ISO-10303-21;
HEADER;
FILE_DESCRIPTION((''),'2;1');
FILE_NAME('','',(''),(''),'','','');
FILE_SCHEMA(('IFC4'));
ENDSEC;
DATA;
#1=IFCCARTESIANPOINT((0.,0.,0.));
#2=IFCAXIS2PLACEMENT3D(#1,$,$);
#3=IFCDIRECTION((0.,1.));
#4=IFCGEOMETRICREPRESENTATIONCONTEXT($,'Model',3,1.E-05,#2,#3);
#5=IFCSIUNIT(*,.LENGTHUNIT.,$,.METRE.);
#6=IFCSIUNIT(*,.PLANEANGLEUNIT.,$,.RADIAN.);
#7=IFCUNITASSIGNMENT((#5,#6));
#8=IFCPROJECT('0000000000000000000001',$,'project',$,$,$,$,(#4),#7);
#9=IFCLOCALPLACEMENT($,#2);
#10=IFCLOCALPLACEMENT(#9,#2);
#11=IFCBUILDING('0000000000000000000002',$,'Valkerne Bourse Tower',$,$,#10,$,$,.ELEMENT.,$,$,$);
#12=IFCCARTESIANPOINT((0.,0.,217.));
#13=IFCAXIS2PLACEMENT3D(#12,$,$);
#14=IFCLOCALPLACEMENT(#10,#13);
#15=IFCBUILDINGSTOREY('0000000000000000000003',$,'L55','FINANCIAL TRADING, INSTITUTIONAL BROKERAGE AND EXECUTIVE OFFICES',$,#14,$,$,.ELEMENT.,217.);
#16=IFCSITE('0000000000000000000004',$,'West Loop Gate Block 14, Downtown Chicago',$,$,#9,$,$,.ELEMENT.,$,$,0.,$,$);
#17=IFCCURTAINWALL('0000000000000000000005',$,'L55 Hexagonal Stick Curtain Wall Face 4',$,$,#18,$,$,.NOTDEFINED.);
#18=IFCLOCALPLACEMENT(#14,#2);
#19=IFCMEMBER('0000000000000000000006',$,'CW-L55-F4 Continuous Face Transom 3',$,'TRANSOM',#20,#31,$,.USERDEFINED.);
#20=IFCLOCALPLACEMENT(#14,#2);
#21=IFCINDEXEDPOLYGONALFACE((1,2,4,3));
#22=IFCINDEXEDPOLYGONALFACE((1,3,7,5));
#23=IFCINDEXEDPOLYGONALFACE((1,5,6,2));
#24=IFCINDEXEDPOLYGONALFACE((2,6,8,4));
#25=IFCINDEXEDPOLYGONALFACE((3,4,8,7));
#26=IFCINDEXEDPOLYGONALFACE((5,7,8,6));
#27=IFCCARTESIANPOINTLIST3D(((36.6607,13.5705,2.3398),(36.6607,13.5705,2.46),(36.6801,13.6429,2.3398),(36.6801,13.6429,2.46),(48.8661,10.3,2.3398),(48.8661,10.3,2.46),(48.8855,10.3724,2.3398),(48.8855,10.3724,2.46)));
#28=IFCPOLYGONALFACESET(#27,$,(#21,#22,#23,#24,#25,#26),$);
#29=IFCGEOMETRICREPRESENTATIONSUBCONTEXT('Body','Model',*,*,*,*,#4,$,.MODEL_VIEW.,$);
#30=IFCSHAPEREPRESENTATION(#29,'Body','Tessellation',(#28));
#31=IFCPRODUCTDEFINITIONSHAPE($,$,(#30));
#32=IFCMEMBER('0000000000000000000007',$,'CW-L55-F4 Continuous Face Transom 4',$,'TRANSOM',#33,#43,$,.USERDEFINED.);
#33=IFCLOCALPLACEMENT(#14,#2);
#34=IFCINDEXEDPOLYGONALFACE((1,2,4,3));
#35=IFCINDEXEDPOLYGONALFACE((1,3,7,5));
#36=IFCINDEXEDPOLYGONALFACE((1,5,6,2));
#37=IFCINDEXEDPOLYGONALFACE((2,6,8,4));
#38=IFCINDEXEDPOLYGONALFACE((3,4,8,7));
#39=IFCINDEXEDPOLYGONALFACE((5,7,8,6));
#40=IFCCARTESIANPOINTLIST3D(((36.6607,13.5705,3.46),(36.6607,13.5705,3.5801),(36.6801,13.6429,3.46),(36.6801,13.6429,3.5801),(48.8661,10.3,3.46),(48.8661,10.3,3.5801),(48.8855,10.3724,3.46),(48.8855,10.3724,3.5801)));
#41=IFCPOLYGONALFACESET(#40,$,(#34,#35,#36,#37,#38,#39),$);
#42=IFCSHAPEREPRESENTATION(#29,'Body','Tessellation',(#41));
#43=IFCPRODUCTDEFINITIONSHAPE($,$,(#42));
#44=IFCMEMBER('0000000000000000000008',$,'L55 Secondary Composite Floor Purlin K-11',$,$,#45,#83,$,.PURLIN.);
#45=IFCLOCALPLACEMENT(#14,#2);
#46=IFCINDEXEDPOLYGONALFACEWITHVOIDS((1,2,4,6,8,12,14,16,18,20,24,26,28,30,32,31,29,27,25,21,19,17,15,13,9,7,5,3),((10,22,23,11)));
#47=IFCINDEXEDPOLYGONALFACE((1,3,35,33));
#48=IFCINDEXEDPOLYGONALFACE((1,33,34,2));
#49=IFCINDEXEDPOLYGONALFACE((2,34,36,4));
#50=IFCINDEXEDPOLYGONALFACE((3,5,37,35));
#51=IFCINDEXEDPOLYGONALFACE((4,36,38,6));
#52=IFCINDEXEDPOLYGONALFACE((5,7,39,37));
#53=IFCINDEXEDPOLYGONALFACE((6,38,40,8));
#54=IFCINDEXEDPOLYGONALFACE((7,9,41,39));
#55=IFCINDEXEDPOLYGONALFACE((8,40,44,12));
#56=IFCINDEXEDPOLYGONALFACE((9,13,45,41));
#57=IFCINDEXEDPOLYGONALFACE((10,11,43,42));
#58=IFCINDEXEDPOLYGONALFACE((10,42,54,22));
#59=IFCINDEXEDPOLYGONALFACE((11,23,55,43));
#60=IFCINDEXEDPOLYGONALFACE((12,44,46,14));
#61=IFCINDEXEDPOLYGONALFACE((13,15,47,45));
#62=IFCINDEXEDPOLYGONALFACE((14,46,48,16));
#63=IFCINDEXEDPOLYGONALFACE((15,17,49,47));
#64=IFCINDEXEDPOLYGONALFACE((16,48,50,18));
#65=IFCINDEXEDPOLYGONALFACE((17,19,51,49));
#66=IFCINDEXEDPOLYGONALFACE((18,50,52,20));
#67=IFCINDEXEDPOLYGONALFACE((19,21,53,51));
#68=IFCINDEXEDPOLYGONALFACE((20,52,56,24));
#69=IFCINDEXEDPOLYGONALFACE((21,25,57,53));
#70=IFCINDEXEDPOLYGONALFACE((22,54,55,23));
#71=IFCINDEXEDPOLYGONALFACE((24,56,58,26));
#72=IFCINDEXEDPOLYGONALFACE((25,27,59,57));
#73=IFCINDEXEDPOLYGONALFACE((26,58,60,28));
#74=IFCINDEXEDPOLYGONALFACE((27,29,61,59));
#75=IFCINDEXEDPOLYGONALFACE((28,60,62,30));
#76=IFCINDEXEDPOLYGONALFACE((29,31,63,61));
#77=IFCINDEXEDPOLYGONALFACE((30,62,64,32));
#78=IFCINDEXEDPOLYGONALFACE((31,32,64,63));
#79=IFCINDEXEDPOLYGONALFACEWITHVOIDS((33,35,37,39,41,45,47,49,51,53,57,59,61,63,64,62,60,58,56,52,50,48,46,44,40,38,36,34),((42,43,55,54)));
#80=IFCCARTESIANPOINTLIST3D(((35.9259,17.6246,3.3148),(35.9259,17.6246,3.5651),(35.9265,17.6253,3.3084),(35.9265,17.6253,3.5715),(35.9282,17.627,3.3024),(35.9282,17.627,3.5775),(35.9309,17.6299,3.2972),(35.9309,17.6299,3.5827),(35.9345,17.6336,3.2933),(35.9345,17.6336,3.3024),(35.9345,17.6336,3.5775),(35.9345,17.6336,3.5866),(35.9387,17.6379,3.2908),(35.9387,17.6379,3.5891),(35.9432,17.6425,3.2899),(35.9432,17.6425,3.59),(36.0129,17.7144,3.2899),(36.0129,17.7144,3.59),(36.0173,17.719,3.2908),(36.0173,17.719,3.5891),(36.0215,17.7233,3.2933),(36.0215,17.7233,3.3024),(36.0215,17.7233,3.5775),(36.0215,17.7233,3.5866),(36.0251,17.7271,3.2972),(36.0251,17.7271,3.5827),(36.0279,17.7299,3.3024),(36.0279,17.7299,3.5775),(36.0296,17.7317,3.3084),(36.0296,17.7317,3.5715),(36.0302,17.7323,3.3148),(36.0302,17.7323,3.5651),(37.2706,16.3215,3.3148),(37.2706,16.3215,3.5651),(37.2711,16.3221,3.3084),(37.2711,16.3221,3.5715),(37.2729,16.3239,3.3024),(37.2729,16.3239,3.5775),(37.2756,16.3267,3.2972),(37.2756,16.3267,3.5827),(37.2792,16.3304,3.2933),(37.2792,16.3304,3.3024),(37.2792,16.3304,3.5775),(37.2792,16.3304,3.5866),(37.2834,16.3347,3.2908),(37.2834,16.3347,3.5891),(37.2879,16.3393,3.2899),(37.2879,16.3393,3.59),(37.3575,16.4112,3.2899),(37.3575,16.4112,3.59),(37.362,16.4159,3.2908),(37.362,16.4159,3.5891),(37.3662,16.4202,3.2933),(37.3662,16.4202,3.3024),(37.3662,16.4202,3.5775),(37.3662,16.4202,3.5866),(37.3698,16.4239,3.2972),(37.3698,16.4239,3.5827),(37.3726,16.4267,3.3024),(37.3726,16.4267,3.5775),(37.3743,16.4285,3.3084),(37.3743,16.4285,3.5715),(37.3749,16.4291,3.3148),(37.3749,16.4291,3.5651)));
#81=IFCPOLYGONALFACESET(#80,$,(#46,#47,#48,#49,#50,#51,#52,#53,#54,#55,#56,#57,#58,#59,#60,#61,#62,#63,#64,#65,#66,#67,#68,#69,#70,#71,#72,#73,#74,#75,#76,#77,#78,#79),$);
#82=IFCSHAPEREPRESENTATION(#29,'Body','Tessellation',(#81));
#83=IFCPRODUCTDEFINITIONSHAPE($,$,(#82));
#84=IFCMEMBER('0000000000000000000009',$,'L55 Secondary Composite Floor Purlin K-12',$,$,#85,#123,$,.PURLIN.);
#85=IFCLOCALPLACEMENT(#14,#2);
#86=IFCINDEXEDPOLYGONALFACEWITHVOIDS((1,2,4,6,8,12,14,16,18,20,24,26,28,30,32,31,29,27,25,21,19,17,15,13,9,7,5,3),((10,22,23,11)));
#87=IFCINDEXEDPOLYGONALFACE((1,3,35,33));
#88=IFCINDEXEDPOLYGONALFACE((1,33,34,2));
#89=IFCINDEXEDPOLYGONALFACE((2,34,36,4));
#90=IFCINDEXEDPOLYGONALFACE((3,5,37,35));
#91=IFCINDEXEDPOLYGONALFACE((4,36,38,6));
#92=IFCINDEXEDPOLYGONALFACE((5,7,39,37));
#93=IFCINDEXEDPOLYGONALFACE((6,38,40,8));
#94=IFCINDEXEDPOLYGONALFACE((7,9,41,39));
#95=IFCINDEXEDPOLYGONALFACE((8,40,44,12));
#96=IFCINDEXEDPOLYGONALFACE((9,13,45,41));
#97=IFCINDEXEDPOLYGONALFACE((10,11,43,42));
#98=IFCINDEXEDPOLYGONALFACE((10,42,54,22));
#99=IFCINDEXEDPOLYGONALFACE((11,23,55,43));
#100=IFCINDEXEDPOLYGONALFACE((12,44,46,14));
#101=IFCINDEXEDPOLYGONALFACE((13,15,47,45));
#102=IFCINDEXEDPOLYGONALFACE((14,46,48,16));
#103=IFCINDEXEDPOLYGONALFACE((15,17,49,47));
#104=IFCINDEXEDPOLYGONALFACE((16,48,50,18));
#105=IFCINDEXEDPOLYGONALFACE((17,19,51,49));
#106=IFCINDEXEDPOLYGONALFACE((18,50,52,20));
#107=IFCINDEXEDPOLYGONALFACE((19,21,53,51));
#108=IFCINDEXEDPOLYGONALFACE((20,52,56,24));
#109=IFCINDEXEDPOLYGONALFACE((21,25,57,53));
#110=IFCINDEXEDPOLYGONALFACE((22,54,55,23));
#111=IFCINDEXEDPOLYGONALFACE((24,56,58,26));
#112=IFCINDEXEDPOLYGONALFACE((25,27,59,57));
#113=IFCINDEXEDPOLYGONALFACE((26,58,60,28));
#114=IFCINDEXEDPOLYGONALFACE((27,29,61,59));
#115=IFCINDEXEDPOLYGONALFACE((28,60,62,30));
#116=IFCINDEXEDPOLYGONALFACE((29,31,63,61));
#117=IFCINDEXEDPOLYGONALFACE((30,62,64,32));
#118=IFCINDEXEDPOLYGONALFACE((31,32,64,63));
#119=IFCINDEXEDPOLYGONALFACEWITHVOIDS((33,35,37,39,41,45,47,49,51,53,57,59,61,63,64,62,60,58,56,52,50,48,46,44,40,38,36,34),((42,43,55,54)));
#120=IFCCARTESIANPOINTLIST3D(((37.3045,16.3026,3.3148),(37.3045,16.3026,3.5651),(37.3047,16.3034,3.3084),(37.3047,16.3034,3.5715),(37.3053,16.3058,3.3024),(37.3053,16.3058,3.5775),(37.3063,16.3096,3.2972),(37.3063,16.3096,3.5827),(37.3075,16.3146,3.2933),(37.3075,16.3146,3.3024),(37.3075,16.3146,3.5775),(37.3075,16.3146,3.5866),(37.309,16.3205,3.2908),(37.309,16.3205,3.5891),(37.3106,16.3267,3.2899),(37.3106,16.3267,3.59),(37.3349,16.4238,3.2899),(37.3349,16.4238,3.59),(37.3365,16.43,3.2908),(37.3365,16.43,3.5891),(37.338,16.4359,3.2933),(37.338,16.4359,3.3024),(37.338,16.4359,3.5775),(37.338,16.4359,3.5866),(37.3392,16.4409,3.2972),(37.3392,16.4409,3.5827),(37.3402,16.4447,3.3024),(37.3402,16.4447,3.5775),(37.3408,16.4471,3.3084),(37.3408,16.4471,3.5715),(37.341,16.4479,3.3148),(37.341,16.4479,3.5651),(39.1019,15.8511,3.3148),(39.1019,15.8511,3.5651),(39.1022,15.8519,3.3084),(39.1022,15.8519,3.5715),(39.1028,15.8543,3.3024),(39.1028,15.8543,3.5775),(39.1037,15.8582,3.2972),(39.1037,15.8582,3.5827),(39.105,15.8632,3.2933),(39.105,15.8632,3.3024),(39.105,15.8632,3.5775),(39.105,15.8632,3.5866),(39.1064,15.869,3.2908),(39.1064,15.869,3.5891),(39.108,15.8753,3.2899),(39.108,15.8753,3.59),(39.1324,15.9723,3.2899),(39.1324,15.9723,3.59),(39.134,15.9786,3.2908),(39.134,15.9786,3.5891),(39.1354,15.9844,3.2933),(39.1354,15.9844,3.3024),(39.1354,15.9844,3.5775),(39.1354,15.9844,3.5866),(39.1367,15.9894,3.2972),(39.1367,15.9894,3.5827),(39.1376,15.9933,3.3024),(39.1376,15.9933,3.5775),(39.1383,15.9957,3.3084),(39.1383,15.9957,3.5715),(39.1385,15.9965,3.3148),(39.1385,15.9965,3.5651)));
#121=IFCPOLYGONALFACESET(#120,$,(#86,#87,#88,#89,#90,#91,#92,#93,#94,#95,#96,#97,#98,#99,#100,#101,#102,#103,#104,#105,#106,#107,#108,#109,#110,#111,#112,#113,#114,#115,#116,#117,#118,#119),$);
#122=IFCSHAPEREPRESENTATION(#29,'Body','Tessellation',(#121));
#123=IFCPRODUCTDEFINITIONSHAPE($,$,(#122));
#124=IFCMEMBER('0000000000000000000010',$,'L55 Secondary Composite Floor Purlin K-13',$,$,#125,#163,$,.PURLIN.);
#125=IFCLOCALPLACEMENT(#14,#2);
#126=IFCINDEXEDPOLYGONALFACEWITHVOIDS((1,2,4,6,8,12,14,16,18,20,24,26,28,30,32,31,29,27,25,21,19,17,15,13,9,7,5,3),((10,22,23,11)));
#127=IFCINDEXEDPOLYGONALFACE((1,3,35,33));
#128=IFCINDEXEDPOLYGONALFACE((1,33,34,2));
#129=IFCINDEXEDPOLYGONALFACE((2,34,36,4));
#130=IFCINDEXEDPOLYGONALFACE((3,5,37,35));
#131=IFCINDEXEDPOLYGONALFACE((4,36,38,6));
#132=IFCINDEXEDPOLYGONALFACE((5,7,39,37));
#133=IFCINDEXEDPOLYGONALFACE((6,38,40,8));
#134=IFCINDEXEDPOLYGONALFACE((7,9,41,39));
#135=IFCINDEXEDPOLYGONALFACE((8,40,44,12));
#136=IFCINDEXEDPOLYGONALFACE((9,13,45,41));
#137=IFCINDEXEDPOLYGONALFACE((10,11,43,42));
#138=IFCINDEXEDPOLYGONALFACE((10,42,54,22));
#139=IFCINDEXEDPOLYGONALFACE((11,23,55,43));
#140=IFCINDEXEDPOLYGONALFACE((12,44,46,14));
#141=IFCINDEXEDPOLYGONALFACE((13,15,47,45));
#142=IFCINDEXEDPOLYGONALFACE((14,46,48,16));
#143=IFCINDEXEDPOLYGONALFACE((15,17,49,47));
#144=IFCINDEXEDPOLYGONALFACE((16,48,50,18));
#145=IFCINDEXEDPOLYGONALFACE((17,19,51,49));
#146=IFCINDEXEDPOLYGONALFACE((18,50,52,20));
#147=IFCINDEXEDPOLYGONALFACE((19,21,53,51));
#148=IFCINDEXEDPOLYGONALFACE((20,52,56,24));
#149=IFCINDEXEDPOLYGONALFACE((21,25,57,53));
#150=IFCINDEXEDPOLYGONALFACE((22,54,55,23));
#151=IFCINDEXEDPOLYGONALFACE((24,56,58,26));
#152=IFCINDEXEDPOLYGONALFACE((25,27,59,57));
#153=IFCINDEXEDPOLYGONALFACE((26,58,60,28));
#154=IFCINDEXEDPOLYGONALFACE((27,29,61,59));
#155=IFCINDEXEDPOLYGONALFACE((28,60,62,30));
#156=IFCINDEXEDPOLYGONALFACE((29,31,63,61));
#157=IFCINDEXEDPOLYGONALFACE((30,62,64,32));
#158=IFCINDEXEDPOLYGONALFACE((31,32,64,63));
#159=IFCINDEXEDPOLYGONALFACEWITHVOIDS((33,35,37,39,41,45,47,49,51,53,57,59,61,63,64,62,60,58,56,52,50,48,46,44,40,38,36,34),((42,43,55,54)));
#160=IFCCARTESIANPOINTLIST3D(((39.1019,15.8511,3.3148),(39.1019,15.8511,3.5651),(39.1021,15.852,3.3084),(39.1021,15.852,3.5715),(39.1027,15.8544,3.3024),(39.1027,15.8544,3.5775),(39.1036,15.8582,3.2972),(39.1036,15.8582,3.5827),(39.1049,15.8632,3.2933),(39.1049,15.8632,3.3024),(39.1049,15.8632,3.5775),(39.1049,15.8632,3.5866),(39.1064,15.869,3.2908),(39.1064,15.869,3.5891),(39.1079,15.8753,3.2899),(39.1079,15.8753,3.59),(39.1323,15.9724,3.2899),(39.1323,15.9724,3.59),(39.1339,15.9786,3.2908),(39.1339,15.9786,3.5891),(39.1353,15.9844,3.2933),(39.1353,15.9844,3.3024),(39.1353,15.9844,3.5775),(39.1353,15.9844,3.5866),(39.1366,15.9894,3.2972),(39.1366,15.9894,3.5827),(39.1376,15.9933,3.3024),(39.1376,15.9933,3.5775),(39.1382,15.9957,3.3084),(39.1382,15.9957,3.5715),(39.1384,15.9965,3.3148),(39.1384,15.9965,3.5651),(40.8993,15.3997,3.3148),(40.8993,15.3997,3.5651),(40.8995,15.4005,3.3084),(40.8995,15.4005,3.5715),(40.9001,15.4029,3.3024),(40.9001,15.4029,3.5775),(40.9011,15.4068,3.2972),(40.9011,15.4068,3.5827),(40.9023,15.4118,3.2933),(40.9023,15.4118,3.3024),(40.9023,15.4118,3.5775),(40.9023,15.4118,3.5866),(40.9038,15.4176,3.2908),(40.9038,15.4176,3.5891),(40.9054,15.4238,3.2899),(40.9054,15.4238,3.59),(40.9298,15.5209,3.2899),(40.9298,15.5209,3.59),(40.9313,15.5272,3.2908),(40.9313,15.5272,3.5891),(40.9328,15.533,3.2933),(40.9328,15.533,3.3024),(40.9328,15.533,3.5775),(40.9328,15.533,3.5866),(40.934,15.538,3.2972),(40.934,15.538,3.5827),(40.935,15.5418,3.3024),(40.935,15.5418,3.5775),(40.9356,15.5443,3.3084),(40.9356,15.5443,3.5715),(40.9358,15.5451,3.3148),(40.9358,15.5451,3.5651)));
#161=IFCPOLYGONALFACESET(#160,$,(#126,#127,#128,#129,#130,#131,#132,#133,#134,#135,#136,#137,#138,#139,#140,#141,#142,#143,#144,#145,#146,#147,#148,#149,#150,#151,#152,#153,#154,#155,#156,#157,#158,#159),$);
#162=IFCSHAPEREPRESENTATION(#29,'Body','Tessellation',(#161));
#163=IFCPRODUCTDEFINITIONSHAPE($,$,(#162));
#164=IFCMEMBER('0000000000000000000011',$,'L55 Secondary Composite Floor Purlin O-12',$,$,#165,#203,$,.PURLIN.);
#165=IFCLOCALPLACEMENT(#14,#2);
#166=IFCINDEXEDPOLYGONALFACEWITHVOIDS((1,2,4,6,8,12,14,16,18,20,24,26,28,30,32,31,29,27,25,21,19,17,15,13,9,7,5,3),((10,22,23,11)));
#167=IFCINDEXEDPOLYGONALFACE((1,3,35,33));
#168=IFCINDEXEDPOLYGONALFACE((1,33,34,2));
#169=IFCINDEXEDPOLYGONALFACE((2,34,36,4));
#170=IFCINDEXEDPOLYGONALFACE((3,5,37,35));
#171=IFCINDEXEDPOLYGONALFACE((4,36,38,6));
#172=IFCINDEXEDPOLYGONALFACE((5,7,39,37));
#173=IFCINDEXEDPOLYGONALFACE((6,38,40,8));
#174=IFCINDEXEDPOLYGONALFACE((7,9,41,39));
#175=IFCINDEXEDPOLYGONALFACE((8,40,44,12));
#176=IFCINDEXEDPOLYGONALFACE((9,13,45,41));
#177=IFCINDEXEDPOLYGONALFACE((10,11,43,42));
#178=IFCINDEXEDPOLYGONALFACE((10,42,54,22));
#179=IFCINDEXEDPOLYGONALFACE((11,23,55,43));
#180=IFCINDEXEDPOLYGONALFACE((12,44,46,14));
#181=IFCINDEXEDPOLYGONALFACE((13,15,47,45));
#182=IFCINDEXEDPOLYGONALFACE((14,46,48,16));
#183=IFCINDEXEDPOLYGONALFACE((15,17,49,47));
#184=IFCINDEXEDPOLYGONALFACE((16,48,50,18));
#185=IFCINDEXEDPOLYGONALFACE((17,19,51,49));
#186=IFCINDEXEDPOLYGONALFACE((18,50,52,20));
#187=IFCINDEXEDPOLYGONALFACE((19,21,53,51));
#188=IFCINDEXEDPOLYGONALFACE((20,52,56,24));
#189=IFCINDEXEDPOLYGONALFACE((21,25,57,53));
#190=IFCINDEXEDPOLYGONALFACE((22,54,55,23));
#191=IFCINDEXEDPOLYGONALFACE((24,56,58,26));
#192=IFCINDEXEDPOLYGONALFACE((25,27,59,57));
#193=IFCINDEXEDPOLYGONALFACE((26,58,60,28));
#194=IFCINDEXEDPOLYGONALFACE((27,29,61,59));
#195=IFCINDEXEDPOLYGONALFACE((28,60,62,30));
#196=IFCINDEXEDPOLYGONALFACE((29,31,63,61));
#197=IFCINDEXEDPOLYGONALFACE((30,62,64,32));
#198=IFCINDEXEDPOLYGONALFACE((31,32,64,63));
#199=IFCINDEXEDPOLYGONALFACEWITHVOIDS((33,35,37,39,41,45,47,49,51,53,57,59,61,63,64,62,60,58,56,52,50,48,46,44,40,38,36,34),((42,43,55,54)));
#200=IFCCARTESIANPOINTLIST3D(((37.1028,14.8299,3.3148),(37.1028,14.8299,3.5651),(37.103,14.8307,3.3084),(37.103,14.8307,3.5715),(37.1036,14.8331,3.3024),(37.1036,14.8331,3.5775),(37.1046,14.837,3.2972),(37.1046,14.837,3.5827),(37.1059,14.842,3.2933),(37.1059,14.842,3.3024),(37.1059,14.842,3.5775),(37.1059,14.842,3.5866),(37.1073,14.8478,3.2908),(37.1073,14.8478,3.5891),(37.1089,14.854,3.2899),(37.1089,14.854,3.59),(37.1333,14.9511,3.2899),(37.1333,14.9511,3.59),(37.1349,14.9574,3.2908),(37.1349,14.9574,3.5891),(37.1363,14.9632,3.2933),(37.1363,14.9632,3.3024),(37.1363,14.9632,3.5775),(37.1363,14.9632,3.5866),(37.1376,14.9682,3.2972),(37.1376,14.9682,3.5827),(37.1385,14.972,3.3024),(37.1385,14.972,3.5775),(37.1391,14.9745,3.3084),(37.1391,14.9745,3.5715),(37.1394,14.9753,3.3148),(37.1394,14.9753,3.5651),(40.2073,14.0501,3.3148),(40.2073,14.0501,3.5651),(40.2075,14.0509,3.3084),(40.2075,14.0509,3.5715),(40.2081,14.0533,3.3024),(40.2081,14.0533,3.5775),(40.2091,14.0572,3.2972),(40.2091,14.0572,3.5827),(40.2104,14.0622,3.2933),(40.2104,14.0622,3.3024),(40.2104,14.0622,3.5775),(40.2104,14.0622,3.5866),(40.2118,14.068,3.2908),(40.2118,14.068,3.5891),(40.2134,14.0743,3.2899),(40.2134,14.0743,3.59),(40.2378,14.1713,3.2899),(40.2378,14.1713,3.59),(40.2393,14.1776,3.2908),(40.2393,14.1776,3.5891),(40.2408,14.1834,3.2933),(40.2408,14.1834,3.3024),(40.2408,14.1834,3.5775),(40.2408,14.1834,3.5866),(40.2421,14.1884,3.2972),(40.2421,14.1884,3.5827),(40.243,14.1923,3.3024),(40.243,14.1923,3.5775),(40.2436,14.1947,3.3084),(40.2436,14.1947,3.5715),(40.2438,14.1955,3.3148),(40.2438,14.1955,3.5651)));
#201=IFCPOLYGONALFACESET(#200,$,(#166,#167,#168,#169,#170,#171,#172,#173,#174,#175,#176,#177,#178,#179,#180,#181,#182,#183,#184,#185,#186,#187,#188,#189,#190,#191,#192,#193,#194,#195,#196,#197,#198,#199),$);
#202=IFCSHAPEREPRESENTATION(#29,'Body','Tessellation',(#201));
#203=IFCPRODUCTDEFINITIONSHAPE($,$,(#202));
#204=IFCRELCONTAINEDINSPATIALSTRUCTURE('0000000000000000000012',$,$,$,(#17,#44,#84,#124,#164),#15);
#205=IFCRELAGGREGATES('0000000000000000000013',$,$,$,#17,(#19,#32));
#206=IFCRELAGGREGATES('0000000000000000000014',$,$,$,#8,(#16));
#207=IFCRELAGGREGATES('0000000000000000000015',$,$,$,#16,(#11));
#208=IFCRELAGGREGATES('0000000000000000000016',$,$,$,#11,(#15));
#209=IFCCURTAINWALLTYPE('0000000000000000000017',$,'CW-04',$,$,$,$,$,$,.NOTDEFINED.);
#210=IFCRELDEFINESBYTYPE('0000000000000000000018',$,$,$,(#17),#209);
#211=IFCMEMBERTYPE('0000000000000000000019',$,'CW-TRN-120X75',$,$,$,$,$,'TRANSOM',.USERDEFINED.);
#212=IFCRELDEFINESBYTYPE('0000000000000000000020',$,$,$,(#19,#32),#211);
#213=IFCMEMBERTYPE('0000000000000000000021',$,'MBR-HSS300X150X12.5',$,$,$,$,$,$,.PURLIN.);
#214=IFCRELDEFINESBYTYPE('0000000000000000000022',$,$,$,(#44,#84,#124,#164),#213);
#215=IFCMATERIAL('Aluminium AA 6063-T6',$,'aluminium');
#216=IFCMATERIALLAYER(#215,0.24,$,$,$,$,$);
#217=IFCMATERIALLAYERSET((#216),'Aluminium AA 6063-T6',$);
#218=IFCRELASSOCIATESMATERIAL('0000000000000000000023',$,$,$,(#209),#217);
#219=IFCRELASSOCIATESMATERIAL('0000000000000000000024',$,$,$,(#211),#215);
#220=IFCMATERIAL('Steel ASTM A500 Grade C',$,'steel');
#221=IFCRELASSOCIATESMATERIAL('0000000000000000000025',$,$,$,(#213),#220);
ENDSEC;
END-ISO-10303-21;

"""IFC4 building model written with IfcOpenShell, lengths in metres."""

from ifc_helpers import new_model, si_unit, direction, frame, origin, origin_2d, place, context, subcontext, project, spatial, rectangle, hollow_rectangle, extrude, material, layer, layer_set, material_profile, profile_set, type_object, element, aggregate, save


model = new_model("IFC4")

# Units and contexts
model_context = context("Model", 3, precision=1e-05, world=origin(), true_north=direction((0.0, 1.0)))
body_context = subcontext(model_context, "Body", "Model", "MODEL_VIEW")
ifc_project = project(units=[si_unit("LENGTHUNIT", "METRE"), si_unit("PLANEANGLEUNIT", "RADIAN")], contexts=[model_context])

# Site, building, storey
site_placement = place(None, origin())
site = spatial("IfcSite", under=ifc_project, at=site_placement, Name="West Loop Gate Block 14, Downtown Chicago", CompositionType="ELEMENT", RefElevation=0.0)
building_placement = place(site_placement, origin())
building = spatial("IfcBuilding", under=site, at=building_placement, Name="Valkerne Bourse Tower", CompositionType="ELEMENT")
storey_placement = place(building_placement, frame((0.0, 0.0, 217.0)))
storey = spatial("IfcBuildingStorey", under=building, at=storey_placement, Name="L55", Description="FINANCIAL TRADING, INSTITUTIONAL BROKERAGE AND EXECUTIVE OFFICES", CompositionType="ELEMENT", Elevation=217.0)

# Curtain wall, members
ifc_material_1 = material(Name="Aluminium AA 6063-T6", Category="aluminium")
ifc_layer_1 = layer(ifc_material_1, 0.24)
ifc_layer_set_1 = layer_set([ifc_layer_1], Name="Aluminium AA 6063-T6")
curtain_wall_type = type_object("IfcCurtainWallType", Name="CW-04", PredefinedType="NOTDEFINED", material=ifc_layer_set_1)
curtain_wall_placement = place(storey_placement, origin())
curtain_wall = element("IfcCurtainWall", 1, at=curtain_wall_placement, inside=storey, type_object=curtain_wall_type, Name="L55 Hexagonal Stick Curtain Wall Face 4", PredefinedType="NOTDEFINED")
ifc_material_profile_1 = material_profile(ifc_material_1, rectangle(XDim=0.075, YDim=0.1201, at=origin_2d()), Name="CWT-75X120")
ifc_profile_set_1 = profile_set([ifc_material_profile_1], Name="Aluminium AA 6063-T6")
member_type_1 = type_object("IfcMemberType", Name="CW-TRN-120X75", ElementType="TRANSOM", PredefinedType="USERDEFINED", material=ifc_profile_set_1)
member_1_placement = place(storey_placement, frame((36.6704, 13.6067, 2.3999), z_axis=(0.965924, -0.258827, 0.0), x_axis=(0.258827, 0.965924, 0.0)))
member_1 = element("IfcMember", 2, at=member_1_placement, type_object=member_type_1, Name="CW-L55-F4 Continuous Face Transom 3", ObjectType="TRANSOM", PredefinedType="USERDEFINED", context=body_context, shape_type="SweptSolid", body=[
    extrude(rectangle(XDim=0.075, YDim=0.1201, at=origin_2d()), origin(), (0.0, 0.0, 1.0), 12.636),
])
member_2_placement = place(storey_placement, frame((36.6704, 13.6067, 3.52), z_axis=(0.965924, -0.258827, 0.0), x_axis=(0.258827, 0.965924, 0.0)))
member_2 = element("IfcMember", 3, at=member_2_placement, type_object=member_type_1, Name="CW-L55-F4 Continuous Face Transom 4", ObjectType="TRANSOM", PredefinedType="USERDEFINED", context=body_context, shape_type="SweptSolid", body=[
    extrude(rectangle(XDim=0.075, YDim=0.1201, at=origin_2d()), origin(), (0.0, 0.0, 1.0), 12.636),
])

# Members
ifc_material_2 = material(Name="Steel ASTM A500 Grade C", Category="steel")
ifc_material_profile_2 = material_profile(ifc_material_2, hollow_rectangle(XDim=0.1499, YDim=0.3, WallThickness=0.0125, OuterFilletRadius=0.0249, at=origin_2d()), Name="HSS300X150X12.5")
ifc_profile_set_2 = profile_set([ifc_material_profile_2], Name="Steel ASTM A500 Grade C")
member_type_2 = type_object("IfcMemberType", Name="MBR-HSS300X150X12.5", PredefinedType="PURLIN", material=ifc_profile_set_2)
member_3_placement = place(storey_placement, frame((35.978, 17.6785, 3.4399), z_axis=(0.718102, -0.695938, 0.0), x_axis=(0.695938, 0.718102, 0.0)))
element("IfcMember", 4, at=member_3_placement, inside=storey, type_object=member_type_2, Name="L55 Secondary Composite Floor Purlin K-11", PredefinedType="PURLIN", context=body_context, shape_type="SweptSolid", body=[
    extrude(hollow_rectangle(XDim=0.1499, YDim=0.3, WallThickness=0.0125, OuterFilletRadius=0.0249, at=origin_2d()), origin(), (0.0, 0.0, 1.0), 1.8726),
])
for number, where, z_axis, x_axis, name in (
    (5, (37.3228, 16.3752, 3.4399), (0.969878, -0.243589, 0.0), (0.243589, 0.969878, 0.0), "L55 Secondary Composite Floor Purlin K-12"),
    (6, (39.1201, 15.9238, 3.4399), (0.969878, -0.243589, 0.0), (0.243589, 0.969878, 0.0), "L55 Secondary Composite Floor Purlin K-13"),
):
    element("IfcMember", number, at=place(storey_placement, frame(where, z_axis=z_axis, x_axis=x_axis)), inside=storey, type_object=member_type_2, Name=name, PredefinedType="PURLIN", context=body_context, shape_type="SweptSolid", body=[
        extrude(hollow_rectangle(XDim=0.1499, YDim=0.3, WallThickness=0.0125, OuterFilletRadius=0.0249, at=origin_2d()), origin(), (0.0, 0.0, 1.0), 1.8533),
    ])
member_4_placement = place(storey_placement, frame((37.1211, 14.9026, 3.4399), z_axis=(0.969873, -0.243612, 0.0), x_axis=(0.243612, 0.969873, 0.0)))
element("IfcMember", 7, at=member_4_placement, inside=storey, type_object=member_type_2, Name="L55 Secondary Composite Floor Purlin O-12", PredefinedType="PURLIN", context=body_context, shape_type="SweptSolid", body=[
    extrude(hollow_rectangle(XDim=0.1499, YDim=0.3, WallThickness=0.0125, OuterFilletRadius=0.0249, at=origin_2d()), origin(), (0.0, 0.0, 1.0), 3.2009),
])

aggregate(curtain_wall, [member_1, member_2])

save(model, "model.ifc")
